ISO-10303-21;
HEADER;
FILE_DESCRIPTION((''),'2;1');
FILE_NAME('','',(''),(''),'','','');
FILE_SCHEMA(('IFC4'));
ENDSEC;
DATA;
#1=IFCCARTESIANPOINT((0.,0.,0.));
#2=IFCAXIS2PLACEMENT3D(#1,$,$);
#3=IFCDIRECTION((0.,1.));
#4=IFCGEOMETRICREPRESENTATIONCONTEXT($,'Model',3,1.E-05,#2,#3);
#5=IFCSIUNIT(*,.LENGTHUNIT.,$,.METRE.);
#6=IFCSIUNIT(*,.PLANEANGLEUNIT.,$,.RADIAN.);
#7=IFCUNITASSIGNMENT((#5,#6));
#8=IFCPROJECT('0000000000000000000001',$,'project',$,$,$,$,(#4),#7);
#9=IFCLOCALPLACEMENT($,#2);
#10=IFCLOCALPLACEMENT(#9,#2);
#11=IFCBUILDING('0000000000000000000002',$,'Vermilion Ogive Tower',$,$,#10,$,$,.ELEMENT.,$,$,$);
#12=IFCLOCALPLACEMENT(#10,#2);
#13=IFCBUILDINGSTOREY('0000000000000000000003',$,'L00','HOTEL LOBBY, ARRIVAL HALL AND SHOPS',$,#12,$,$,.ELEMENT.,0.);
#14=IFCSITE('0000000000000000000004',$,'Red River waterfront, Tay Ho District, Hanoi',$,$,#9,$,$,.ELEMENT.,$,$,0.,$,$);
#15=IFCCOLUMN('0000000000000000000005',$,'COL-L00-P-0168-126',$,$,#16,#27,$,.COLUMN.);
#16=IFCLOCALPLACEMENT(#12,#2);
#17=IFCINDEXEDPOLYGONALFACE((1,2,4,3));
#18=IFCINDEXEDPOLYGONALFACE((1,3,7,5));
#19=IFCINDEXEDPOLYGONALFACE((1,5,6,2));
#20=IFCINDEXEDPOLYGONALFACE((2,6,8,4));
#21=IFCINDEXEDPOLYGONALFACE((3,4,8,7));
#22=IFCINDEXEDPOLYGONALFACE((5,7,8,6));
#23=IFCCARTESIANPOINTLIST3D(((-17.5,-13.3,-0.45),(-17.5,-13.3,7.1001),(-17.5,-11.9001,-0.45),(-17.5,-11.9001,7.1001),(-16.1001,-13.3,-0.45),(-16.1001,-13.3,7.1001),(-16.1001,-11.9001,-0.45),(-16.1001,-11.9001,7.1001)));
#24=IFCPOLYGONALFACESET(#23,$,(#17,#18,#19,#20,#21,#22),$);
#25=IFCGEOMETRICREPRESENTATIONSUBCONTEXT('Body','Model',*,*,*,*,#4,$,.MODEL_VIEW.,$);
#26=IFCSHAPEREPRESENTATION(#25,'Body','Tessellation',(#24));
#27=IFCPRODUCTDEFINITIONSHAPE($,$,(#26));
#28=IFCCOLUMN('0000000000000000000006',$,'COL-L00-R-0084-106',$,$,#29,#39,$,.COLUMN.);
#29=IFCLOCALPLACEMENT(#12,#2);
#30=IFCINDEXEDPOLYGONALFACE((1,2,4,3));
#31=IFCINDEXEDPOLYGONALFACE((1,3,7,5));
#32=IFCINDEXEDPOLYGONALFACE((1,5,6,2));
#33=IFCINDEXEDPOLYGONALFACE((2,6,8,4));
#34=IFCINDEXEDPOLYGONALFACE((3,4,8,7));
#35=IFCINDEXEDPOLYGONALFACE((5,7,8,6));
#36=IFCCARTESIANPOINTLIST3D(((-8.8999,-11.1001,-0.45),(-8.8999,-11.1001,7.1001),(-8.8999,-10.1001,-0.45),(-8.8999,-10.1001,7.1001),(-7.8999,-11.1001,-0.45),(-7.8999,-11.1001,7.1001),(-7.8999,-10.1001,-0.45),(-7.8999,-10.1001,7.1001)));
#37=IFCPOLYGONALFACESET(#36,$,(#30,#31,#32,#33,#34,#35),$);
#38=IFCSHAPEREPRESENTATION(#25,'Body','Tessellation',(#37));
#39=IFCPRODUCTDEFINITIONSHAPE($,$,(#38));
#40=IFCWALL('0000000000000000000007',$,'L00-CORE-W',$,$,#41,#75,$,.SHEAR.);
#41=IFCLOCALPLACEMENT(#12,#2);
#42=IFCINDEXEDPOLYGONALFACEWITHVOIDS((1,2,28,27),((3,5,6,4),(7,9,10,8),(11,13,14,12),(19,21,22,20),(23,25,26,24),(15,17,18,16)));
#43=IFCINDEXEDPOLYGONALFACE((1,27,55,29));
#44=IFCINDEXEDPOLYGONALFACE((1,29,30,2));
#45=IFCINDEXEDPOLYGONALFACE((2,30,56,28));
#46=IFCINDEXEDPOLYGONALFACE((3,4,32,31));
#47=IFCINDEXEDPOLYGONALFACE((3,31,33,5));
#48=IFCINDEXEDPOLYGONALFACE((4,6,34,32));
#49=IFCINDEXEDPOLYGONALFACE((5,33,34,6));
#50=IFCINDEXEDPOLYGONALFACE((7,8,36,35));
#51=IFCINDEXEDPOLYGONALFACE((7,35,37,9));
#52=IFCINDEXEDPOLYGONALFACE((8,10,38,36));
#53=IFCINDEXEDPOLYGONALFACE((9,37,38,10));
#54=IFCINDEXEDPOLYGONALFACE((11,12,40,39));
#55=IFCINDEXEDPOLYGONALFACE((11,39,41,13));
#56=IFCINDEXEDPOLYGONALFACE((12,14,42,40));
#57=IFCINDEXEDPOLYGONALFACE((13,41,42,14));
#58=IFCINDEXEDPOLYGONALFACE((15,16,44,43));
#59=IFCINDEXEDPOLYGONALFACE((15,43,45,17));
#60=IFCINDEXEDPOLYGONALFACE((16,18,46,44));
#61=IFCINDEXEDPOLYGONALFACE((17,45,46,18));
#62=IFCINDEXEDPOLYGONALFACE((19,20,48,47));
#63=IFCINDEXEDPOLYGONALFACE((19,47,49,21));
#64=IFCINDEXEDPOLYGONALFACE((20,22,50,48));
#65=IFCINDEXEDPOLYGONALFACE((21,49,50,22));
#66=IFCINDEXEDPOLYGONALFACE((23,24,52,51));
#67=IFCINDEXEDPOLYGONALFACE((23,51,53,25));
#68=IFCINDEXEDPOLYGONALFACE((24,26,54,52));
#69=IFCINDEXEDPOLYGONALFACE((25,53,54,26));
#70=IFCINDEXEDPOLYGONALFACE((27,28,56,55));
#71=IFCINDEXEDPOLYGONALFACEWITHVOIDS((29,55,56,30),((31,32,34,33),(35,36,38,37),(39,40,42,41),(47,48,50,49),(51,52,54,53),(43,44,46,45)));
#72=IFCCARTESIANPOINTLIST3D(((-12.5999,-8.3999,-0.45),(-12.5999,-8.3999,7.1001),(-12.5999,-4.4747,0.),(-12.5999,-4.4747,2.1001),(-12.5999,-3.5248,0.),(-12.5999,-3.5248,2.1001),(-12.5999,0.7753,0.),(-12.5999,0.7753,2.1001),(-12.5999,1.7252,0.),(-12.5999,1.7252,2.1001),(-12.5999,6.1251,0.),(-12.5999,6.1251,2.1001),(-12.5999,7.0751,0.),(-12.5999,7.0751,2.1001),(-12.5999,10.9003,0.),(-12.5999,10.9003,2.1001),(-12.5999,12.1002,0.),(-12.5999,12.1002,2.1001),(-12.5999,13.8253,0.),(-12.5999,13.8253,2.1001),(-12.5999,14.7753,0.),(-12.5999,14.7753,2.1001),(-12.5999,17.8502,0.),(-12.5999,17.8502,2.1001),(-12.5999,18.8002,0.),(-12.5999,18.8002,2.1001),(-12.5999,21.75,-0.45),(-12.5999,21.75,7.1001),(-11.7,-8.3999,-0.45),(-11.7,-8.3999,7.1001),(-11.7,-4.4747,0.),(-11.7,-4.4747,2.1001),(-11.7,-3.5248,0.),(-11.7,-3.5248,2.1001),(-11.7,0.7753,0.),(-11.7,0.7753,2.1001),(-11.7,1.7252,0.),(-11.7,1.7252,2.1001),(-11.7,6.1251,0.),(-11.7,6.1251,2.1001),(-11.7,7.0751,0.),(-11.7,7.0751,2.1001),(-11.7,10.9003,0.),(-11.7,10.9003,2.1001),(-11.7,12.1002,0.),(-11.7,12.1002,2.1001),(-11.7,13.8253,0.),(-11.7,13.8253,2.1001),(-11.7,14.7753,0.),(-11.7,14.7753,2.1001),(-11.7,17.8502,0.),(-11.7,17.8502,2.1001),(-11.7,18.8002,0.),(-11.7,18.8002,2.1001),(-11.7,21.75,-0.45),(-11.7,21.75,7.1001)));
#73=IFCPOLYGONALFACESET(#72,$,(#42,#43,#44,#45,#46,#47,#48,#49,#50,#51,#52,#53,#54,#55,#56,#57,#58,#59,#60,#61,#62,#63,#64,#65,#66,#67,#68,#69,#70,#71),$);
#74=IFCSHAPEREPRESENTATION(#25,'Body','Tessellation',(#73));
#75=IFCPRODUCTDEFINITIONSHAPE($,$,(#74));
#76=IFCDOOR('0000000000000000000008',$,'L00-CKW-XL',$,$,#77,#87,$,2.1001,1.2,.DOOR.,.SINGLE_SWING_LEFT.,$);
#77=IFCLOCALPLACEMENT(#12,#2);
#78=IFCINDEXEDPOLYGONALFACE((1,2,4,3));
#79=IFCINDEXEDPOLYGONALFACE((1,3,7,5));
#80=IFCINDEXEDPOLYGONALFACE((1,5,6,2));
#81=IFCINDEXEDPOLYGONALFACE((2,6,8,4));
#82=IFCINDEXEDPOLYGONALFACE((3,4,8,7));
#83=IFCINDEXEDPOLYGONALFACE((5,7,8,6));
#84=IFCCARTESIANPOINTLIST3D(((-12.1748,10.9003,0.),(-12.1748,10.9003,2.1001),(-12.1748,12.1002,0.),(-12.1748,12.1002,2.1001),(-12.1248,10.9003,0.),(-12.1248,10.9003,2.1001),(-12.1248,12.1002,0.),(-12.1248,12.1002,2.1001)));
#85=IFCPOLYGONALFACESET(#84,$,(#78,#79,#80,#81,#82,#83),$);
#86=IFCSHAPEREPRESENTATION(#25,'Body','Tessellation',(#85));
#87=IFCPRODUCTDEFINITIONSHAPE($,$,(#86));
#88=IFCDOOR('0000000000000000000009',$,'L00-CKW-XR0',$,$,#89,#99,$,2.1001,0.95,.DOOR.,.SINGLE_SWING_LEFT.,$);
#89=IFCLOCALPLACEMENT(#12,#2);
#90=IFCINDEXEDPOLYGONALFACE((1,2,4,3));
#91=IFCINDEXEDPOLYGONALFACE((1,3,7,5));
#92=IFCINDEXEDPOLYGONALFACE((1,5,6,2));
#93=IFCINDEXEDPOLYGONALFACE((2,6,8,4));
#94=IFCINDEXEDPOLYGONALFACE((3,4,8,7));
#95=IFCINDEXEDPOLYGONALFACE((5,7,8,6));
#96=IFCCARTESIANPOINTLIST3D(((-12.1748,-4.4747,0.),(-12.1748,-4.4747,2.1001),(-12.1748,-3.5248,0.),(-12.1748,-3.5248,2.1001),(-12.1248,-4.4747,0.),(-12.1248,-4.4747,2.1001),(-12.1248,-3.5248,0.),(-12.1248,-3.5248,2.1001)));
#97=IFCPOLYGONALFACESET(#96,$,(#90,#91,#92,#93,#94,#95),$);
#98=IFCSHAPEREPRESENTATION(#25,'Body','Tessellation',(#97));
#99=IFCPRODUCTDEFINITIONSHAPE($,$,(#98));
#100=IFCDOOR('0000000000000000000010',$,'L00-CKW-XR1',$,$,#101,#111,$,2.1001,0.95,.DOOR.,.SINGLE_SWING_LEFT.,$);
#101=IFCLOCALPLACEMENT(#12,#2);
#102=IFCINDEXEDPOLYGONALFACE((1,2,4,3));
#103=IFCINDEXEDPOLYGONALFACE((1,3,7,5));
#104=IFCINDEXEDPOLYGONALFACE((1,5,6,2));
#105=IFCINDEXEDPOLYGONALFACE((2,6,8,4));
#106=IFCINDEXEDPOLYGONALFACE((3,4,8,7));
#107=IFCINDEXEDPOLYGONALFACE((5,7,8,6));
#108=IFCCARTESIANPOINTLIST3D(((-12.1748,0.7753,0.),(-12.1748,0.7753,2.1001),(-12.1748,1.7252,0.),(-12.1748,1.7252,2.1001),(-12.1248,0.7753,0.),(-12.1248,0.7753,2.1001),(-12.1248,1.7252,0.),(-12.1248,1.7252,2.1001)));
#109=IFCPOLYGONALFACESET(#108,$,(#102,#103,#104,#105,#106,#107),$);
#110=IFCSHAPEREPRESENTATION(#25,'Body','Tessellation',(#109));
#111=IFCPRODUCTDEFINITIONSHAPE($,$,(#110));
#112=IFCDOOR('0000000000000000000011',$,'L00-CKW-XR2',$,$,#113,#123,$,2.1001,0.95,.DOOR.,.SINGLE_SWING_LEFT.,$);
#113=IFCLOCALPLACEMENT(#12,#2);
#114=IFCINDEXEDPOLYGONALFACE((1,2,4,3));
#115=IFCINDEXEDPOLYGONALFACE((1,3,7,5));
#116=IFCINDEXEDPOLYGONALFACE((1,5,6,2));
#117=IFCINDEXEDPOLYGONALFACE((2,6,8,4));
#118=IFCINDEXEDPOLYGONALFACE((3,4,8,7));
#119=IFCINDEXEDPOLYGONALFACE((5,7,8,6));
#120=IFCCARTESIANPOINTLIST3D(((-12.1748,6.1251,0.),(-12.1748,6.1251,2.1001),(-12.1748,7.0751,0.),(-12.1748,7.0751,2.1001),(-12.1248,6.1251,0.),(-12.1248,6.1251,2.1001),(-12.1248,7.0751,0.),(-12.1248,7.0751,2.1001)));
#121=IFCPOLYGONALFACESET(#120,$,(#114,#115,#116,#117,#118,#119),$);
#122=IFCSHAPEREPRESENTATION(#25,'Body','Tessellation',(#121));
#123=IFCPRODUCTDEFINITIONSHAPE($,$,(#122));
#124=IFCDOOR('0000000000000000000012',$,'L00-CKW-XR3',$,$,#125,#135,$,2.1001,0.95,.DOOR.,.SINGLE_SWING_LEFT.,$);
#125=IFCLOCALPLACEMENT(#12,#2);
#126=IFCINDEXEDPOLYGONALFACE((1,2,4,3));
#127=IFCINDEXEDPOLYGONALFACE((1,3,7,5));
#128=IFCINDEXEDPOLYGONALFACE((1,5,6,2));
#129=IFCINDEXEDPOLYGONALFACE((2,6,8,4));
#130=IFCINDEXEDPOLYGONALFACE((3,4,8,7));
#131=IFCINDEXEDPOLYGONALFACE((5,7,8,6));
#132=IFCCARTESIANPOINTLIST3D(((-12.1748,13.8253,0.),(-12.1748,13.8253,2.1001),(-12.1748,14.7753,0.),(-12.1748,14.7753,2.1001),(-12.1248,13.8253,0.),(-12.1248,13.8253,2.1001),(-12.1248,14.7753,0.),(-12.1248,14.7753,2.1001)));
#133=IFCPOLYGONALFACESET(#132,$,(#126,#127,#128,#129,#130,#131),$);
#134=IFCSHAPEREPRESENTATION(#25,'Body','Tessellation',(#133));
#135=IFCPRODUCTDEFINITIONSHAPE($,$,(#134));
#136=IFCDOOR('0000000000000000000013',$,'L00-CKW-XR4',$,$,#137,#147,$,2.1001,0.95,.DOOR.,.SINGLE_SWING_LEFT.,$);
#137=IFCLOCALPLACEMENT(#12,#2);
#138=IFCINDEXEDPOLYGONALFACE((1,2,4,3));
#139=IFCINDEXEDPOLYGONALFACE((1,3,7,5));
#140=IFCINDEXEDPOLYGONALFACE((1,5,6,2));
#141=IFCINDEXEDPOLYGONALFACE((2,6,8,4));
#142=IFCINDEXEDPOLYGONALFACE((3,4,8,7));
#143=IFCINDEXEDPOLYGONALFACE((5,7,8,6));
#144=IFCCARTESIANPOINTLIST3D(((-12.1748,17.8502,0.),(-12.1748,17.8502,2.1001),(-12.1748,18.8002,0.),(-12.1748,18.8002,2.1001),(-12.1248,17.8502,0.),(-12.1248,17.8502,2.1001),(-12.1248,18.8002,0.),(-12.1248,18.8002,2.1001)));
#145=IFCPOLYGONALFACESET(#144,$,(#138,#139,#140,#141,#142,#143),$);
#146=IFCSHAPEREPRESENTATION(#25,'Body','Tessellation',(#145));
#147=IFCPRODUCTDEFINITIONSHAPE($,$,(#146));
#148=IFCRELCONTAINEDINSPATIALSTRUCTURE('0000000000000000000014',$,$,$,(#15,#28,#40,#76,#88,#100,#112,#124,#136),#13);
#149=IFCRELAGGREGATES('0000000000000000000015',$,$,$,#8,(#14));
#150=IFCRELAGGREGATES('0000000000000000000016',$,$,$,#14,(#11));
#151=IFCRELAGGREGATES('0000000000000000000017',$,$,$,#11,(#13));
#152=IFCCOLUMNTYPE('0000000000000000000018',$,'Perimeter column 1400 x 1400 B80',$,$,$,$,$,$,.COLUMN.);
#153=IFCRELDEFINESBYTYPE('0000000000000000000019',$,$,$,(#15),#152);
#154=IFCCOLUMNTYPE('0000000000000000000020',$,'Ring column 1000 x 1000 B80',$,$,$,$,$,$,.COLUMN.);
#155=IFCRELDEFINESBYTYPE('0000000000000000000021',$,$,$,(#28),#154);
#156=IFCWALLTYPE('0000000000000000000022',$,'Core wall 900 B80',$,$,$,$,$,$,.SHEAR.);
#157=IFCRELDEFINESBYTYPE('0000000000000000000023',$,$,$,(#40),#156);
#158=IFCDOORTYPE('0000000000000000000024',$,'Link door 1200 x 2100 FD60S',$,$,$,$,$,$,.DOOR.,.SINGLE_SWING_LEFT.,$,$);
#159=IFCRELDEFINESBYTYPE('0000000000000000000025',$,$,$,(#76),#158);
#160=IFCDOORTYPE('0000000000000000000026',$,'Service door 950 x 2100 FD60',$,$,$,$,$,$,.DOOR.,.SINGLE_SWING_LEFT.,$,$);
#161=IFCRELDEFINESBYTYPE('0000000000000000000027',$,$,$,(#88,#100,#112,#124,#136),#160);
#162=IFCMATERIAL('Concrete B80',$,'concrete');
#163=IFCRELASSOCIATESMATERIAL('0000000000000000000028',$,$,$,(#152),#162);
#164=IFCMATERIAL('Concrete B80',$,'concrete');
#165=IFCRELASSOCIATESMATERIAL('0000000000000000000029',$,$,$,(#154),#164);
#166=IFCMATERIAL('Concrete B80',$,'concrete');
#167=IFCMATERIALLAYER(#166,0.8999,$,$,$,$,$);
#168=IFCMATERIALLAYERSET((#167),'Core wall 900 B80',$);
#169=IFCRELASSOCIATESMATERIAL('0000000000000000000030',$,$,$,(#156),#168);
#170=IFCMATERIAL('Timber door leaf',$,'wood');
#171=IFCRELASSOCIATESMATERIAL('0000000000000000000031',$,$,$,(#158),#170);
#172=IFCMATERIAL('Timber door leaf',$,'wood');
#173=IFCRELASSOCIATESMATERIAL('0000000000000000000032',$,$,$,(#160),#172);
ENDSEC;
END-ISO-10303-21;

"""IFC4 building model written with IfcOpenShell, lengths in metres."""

from ifc_helpers import new_model, si_unit, direction, frame, frame_2d, origin, origin_2d, place, context, subcontext, project, spatial, rectangle, extrude, material, layer, layer_set, material_profile, profile_set, type_object, element, fill, save


model = new_model("IFC4")

# Units and contexts
model_context = context("Model", 3, precision=1e-05, world=origin(), true_north=direction((0.0, 1.0)))
body_context = subcontext(model_context, "Body", "Model", "MODEL_VIEW")
ifc_project = project(units=[si_unit("LENGTHUNIT", "METRE"), si_unit("PLANEANGLEUNIT", "RADIAN")], contexts=[model_context])

# Site, building, storey
site_placement = place(None, origin())
site = spatial("IfcSite", under=ifc_project, at=site_placement, Name="Red River waterfront, Tay Ho District, Hanoi", CompositionType="ELEMENT", RefElevation=0.0)
building_placement = place(site_placement, origin())
building = spatial("IfcBuilding", under=site, at=building_placement, Name="Vermilion Ogive Tower", CompositionType="ELEMENT")
storey_placement = place(building_placement, origin())
storey = spatial("IfcBuildingStorey", under=building, at=storey_placement, Name="L00", Description="HOTEL LOBBY, ARRIVAL HALL AND SHOPS", CompositionType="ELEMENT", Elevation=0.0)

# Columns
ifc_material_1 = material(Name="Concrete B80", Category="concrete")
ifc_material_profile_1 = material_profile(ifc_material_1, rectangle(XDim=1.3999, YDim=1.3999, at=origin_2d()), Name="1400 x 1400")
ifc_profile_set_1 = profile_set([ifc_material_profile_1], Name="Concrete B80")
column_type_1 = type_object("IfcColumnType", Name="Perimeter column 1400 x 1400 B80", PredefinedType="COLUMN", material=ifc_profile_set_1)
column_1_placement = place(storey_placement, frame((-16.8, -12.6001, -0.45), z_axis=(0.0, 0.0, 1.0), x_axis=(1.0, 0.0, 0.0)))
element("IfcColumn", 1, at=column_1_placement, inside=storey, type_object=column_type_1, Name="COL-L00-P-0168-126", PredefinedType="COLUMN", context=body_context, shape_type="SweptSolid", body=[
    extrude(rectangle(XDim=1.3999, YDim=1.3999, at=origin_2d()), origin(), (0.0, 0.0, 1.0), 7.55),
])
ifc_material_2 = material(Name="Concrete B80", Category="concrete")
ifc_material_profile_2 = material_profile(ifc_material_2, rectangle(XDim=1.0, YDim=1.0, at=origin_2d()), Name="1000 x 1000")
ifc_profile_set_2 = profile_set([ifc_material_profile_2], Name="Concrete B80")
column_type_2 = type_object("IfcColumnType", Name="Ring column 1000 x 1000 B80", PredefinedType="COLUMN", material=ifc_profile_set_2)
column_2_placement = place(storey_placement, frame((-8.3999, -10.6001, -0.45), z_axis=(0.0, 0.0, 1.0), x_axis=(1.0, 0.0, 0.0)))
element("IfcColumn", 2, at=column_2_placement, inside=storey, type_object=column_type_2, Name="COL-L00-R-0084-106", PredefinedType="COLUMN", context=body_context, shape_type="SweptSolid", body=[
    extrude(rectangle(XDim=1.0, YDim=1.0, at=origin_2d()), origin(), (0.0, 0.0, 1.0), 7.55),
])

# Wall, openings, doors
ifc_material_3 = material(Name="Concrete B80", Category="concrete")
ifc_layer_1 = layer(ifc_material_3, 0.8999)
ifc_layer_set_1 = layer_set([ifc_layer_1], Name="Core wall 900 B80")
wall_type_1 = type_object("IfcWallType", Name="Core wall 900 B80", PredefinedType="SHEAR", material=ifc_layer_set_1)
wall_1_placement = place(storey_placement, frame((-12.1499, -8.3999, -0.45), z_axis=(0.0, 0.0, 1.0), x_axis=(0.0, 1.0, 0.0)))
wall_1 = element("IfcWall", 3, at=wall_1_placement, inside=storey, type_object=wall_type_1, Name="L00-CORE-W", PredefinedType="SHEAR", context=body_context, shape_type="SweptSolid", body=[
    extrude(rectangle(XDim=30.1499, YDim=0.8999, at=frame_2d((15.075, 0.0))), origin(), (0.0, 0.0, 1.0), 7.55),
])
opening_1_placement = place(wall_1_placement, frame((3.925, 0.0, 0.45)))
opening_1 = element("IfcOpeningElement", 4, at=opening_1_placement, cuts=wall_1, PredefinedType="OPENING", context=body_context, shape_type="SweptSolid", body=[
    extrude(rectangle(XDim=0.95, YDim=2.1001, at=frame_2d((0.4751, 1.05))), frame((0.0, 0.46, 0.0), z_axis=(0.0, -1.0, 0.0), x_axis=(1.0, 0.0, 0.0)), (0.0, 0.0, 1.0), 0.9199),
])
opening_2_placement = place(wall_1_placement, frame((9.175, 0.0, 0.45)))
opening_2 = element("IfcOpeningElement", 5, at=opening_2_placement, cuts=wall_1, PredefinedType="OPENING", context=body_context, shape_type="SweptSolid", body=[
    extrude(rectangle(XDim=0.95, YDim=2.1001, at=frame_2d((0.4751, 1.05))), frame((0.0, 0.46, 0.0), z_axis=(0.0, -1.0, 0.0), x_axis=(1.0, 0.0, 0.0)), (0.0, 0.0, 1.0), 0.9199),
])
opening_3_placement = place(wall_1_placement, frame((14.5249, 0.0, 0.45)))
opening_3 = element("IfcOpeningElement", 6, at=opening_3_placement, cuts=wall_1, PredefinedType="OPENING", context=body_context, shape_type="SweptSolid", body=[
    extrude(rectangle(XDim=0.95, YDim=2.1001, at=frame_2d((0.4751, 1.05))), frame((0.0, 0.46, 0.0), z_axis=(0.0, -1.0, 0.0), x_axis=(1.0, 0.0, 0.0)), (0.0, 0.0, 1.0), 0.9199),
])
opening_4_placement = place(wall_1_placement, frame((22.2251, 0.0, 0.45)))
opening_4 = element("IfcOpeningElement", 7, at=opening_4_placement, cuts=wall_1, PredefinedType="OPENING", context=body_context, shape_type="SweptSolid", body=[
    extrude(rectangle(XDim=0.95, YDim=2.1001, at=frame_2d((0.4751, 1.05))), frame((0.0, 0.46, 0.0), z_axis=(0.0, -1.0, 0.0), x_axis=(1.0, 0.0, 0.0)), (0.0, 0.0, 1.0), 0.9199),
])
opening_5_placement = place(wall_1_placement, frame((26.25, 0.0, 0.45)))
opening_5 = element("IfcOpeningElement", 8, at=opening_5_placement, cuts=wall_1, PredefinedType="OPENING", context=body_context, shape_type="SweptSolid", body=[
    extrude(rectangle(XDim=0.95, YDim=2.1001, at=frame_2d((0.4751, 1.05))), frame((0.0, 0.46, 0.0), z_axis=(0.0, -1.0, 0.0), x_axis=(1.0, 0.0, 0.0)), (0.0, 0.0, 1.0), 0.9199),
])
opening_6_placement = place(wall_1_placement, frame((19.3, 0.0, 0.45)))
opening_6 = element("IfcOpeningElement", 9, at=opening_6_placement, cuts=wall_1, PredefinedType="OPENING", context=body_context, shape_type="SweptSolid", body=[
    extrude(rectangle(XDim=1.2, YDim=2.1001, at=frame_2d((0.6001, 1.05))), frame((0.0, 0.46, 0.0), z_axis=(0.0, -1.0, 0.0), x_axis=(1.0, 0.0, 0.0)), (0.0, 0.0, 1.0), 0.9199),
])
ifc_material_4 = material(Name="Timber door leaf", Category="wood")
door_type_1 = type_object("IfcDoorType", Name="Link door 1200 x 2100 FD60S", OperationType="SINGLE_SWING_LEFT", PredefinedType="DOOR", material=ifc_material_4)
door_1_placement = place(opening_6_placement, origin())
door_1 = element("IfcDoor", 10, at=door_1_placement, inside=storey, type_object=door_type_1, Name="L00-CKW-XL", OperationType="SINGLE_SWING_LEFT", OverallHeight=2.1001, OverallWidth=1.2, PredefinedType="DOOR", context=body_context, shape_type="SweptSolid", body=[
    extrude(rectangle(XDim=1.2, YDim=2.1001, at=frame_2d((0.6001, 1.05))), frame((0.0, 0.0249, 0.0), z_axis=(0.0, -1.0, 0.0), x_axis=(1.0, 0.0, 0.0)), (0.0, 0.0, 1.0), 0.05),
])
fill(opening_6, door_1)
ifc_material_5 = material(Name="Timber door leaf", Category="wood")
door_type_2 = type_object("IfcDoorType", Name="Service door 950 x 2100 FD60", OperationType="SINGLE_SWING_LEFT", PredefinedType="DOOR", material=ifc_material_5)
door_2_placement = place(opening_1_placement, origin())
door_2 = element("IfcDoor", 11, at=door_2_placement, inside=storey, type_object=door_type_2, Name="L00-CKW-XR0", OperationType="SINGLE_SWING_LEFT", OverallHeight=2.1001, OverallWidth=0.95, PredefinedType="DOOR", context=body_context, shape_type="SweptSolid", body=[
    extrude(rectangle(XDim=0.95, YDim=2.1001, at=frame_2d((0.4751, 1.05))), frame((0.0, 0.0249, 0.0), z_axis=(0.0, -1.0, 0.0), x_axis=(1.0, 0.0, 0.0)), (0.0, 0.0, 1.0), 0.05),
])
fill(opening_1, door_2)
door_3_placement = place(opening_2_placement, origin())
door_3 = element("IfcDoor", 12, at=door_3_placement, inside=storey, type_object=door_type_2, Name="L00-CKW-XR1", OperationType="SINGLE_SWING_LEFT", OverallHeight=2.1001, OverallWidth=0.95, PredefinedType="DOOR", context=body_context, shape_type="SweptSolid", body=[
    extrude(rectangle(XDim=0.95, YDim=2.1001, at=frame_2d((0.4751, 1.05))), frame((0.0, 0.0249, 0.0), z_axis=(0.0, -1.0, 0.0), x_axis=(1.0, 0.0, 0.0)), (0.0, 0.0, 1.0), 0.05),
])
fill(opening_2, door_3)
door_4_placement = place(opening_3_placement, origin())
door_4 = element("IfcDoor", 13, at=door_4_placement, inside=storey, type_object=door_type_2, Name="L00-CKW-XR2", OperationType="SINGLE_SWING_LEFT", OverallHeight=2.1001, OverallWidth=0.95, PredefinedType="DOOR", context=body_context, shape_type="SweptSolid", body=[
    extrude(rectangle(XDim=0.95, YDim=2.1001, at=frame_2d((0.4751, 1.05))), frame((0.0, 0.0249, 0.0), z_axis=(0.0, -1.0, 0.0), x_axis=(1.0, 0.0, 0.0)), (0.0, 0.0, 1.0), 0.05),
])
fill(opening_3, door_4)
door_5_placement = place(opening_4_placement, origin())
door_5 = element("IfcDoor", 14, at=door_5_placement, inside=storey, type_object=door_type_2, Name="L00-CKW-XR3", OperationType="SINGLE_SWING_LEFT", OverallHeight=2.1001, OverallWidth=0.95, PredefinedType="DOOR", context=body_context, shape_type="SweptSolid", body=[
    extrude(rectangle(XDim=0.95, YDim=2.1001, at=frame_2d((0.4751, 1.05))), frame((0.0, 0.0249, 0.0), z_axis=(0.0, -1.0, 0.0), x_axis=(1.0, 0.0, 0.0)), (0.0, 0.0, 1.0), 0.05),
])
fill(opening_4, door_5)
door_6_placement = place(opening_5_placement, origin())
door_6 = element("IfcDoor", 15, at=door_6_placement, inside=storey, type_object=door_type_2, Name="L00-CKW-XR4", OperationType="SINGLE_SWING_LEFT", OverallHeight=2.1001, OverallWidth=0.95, PredefinedType="DOOR", context=body_context, shape_type="SweptSolid", body=[
    extrude(rectangle(XDim=0.95, YDim=2.1001, at=frame_2d((0.4751, 1.05))), frame((0.0, 0.0249, 0.0), z_axis=(0.0, -1.0, 0.0), x_axis=(1.0, 0.0, 0.0)), (0.0, 0.0, 1.0), 0.05),
])
fill(opening_5, door_6)

save(model, "model.ifc")
